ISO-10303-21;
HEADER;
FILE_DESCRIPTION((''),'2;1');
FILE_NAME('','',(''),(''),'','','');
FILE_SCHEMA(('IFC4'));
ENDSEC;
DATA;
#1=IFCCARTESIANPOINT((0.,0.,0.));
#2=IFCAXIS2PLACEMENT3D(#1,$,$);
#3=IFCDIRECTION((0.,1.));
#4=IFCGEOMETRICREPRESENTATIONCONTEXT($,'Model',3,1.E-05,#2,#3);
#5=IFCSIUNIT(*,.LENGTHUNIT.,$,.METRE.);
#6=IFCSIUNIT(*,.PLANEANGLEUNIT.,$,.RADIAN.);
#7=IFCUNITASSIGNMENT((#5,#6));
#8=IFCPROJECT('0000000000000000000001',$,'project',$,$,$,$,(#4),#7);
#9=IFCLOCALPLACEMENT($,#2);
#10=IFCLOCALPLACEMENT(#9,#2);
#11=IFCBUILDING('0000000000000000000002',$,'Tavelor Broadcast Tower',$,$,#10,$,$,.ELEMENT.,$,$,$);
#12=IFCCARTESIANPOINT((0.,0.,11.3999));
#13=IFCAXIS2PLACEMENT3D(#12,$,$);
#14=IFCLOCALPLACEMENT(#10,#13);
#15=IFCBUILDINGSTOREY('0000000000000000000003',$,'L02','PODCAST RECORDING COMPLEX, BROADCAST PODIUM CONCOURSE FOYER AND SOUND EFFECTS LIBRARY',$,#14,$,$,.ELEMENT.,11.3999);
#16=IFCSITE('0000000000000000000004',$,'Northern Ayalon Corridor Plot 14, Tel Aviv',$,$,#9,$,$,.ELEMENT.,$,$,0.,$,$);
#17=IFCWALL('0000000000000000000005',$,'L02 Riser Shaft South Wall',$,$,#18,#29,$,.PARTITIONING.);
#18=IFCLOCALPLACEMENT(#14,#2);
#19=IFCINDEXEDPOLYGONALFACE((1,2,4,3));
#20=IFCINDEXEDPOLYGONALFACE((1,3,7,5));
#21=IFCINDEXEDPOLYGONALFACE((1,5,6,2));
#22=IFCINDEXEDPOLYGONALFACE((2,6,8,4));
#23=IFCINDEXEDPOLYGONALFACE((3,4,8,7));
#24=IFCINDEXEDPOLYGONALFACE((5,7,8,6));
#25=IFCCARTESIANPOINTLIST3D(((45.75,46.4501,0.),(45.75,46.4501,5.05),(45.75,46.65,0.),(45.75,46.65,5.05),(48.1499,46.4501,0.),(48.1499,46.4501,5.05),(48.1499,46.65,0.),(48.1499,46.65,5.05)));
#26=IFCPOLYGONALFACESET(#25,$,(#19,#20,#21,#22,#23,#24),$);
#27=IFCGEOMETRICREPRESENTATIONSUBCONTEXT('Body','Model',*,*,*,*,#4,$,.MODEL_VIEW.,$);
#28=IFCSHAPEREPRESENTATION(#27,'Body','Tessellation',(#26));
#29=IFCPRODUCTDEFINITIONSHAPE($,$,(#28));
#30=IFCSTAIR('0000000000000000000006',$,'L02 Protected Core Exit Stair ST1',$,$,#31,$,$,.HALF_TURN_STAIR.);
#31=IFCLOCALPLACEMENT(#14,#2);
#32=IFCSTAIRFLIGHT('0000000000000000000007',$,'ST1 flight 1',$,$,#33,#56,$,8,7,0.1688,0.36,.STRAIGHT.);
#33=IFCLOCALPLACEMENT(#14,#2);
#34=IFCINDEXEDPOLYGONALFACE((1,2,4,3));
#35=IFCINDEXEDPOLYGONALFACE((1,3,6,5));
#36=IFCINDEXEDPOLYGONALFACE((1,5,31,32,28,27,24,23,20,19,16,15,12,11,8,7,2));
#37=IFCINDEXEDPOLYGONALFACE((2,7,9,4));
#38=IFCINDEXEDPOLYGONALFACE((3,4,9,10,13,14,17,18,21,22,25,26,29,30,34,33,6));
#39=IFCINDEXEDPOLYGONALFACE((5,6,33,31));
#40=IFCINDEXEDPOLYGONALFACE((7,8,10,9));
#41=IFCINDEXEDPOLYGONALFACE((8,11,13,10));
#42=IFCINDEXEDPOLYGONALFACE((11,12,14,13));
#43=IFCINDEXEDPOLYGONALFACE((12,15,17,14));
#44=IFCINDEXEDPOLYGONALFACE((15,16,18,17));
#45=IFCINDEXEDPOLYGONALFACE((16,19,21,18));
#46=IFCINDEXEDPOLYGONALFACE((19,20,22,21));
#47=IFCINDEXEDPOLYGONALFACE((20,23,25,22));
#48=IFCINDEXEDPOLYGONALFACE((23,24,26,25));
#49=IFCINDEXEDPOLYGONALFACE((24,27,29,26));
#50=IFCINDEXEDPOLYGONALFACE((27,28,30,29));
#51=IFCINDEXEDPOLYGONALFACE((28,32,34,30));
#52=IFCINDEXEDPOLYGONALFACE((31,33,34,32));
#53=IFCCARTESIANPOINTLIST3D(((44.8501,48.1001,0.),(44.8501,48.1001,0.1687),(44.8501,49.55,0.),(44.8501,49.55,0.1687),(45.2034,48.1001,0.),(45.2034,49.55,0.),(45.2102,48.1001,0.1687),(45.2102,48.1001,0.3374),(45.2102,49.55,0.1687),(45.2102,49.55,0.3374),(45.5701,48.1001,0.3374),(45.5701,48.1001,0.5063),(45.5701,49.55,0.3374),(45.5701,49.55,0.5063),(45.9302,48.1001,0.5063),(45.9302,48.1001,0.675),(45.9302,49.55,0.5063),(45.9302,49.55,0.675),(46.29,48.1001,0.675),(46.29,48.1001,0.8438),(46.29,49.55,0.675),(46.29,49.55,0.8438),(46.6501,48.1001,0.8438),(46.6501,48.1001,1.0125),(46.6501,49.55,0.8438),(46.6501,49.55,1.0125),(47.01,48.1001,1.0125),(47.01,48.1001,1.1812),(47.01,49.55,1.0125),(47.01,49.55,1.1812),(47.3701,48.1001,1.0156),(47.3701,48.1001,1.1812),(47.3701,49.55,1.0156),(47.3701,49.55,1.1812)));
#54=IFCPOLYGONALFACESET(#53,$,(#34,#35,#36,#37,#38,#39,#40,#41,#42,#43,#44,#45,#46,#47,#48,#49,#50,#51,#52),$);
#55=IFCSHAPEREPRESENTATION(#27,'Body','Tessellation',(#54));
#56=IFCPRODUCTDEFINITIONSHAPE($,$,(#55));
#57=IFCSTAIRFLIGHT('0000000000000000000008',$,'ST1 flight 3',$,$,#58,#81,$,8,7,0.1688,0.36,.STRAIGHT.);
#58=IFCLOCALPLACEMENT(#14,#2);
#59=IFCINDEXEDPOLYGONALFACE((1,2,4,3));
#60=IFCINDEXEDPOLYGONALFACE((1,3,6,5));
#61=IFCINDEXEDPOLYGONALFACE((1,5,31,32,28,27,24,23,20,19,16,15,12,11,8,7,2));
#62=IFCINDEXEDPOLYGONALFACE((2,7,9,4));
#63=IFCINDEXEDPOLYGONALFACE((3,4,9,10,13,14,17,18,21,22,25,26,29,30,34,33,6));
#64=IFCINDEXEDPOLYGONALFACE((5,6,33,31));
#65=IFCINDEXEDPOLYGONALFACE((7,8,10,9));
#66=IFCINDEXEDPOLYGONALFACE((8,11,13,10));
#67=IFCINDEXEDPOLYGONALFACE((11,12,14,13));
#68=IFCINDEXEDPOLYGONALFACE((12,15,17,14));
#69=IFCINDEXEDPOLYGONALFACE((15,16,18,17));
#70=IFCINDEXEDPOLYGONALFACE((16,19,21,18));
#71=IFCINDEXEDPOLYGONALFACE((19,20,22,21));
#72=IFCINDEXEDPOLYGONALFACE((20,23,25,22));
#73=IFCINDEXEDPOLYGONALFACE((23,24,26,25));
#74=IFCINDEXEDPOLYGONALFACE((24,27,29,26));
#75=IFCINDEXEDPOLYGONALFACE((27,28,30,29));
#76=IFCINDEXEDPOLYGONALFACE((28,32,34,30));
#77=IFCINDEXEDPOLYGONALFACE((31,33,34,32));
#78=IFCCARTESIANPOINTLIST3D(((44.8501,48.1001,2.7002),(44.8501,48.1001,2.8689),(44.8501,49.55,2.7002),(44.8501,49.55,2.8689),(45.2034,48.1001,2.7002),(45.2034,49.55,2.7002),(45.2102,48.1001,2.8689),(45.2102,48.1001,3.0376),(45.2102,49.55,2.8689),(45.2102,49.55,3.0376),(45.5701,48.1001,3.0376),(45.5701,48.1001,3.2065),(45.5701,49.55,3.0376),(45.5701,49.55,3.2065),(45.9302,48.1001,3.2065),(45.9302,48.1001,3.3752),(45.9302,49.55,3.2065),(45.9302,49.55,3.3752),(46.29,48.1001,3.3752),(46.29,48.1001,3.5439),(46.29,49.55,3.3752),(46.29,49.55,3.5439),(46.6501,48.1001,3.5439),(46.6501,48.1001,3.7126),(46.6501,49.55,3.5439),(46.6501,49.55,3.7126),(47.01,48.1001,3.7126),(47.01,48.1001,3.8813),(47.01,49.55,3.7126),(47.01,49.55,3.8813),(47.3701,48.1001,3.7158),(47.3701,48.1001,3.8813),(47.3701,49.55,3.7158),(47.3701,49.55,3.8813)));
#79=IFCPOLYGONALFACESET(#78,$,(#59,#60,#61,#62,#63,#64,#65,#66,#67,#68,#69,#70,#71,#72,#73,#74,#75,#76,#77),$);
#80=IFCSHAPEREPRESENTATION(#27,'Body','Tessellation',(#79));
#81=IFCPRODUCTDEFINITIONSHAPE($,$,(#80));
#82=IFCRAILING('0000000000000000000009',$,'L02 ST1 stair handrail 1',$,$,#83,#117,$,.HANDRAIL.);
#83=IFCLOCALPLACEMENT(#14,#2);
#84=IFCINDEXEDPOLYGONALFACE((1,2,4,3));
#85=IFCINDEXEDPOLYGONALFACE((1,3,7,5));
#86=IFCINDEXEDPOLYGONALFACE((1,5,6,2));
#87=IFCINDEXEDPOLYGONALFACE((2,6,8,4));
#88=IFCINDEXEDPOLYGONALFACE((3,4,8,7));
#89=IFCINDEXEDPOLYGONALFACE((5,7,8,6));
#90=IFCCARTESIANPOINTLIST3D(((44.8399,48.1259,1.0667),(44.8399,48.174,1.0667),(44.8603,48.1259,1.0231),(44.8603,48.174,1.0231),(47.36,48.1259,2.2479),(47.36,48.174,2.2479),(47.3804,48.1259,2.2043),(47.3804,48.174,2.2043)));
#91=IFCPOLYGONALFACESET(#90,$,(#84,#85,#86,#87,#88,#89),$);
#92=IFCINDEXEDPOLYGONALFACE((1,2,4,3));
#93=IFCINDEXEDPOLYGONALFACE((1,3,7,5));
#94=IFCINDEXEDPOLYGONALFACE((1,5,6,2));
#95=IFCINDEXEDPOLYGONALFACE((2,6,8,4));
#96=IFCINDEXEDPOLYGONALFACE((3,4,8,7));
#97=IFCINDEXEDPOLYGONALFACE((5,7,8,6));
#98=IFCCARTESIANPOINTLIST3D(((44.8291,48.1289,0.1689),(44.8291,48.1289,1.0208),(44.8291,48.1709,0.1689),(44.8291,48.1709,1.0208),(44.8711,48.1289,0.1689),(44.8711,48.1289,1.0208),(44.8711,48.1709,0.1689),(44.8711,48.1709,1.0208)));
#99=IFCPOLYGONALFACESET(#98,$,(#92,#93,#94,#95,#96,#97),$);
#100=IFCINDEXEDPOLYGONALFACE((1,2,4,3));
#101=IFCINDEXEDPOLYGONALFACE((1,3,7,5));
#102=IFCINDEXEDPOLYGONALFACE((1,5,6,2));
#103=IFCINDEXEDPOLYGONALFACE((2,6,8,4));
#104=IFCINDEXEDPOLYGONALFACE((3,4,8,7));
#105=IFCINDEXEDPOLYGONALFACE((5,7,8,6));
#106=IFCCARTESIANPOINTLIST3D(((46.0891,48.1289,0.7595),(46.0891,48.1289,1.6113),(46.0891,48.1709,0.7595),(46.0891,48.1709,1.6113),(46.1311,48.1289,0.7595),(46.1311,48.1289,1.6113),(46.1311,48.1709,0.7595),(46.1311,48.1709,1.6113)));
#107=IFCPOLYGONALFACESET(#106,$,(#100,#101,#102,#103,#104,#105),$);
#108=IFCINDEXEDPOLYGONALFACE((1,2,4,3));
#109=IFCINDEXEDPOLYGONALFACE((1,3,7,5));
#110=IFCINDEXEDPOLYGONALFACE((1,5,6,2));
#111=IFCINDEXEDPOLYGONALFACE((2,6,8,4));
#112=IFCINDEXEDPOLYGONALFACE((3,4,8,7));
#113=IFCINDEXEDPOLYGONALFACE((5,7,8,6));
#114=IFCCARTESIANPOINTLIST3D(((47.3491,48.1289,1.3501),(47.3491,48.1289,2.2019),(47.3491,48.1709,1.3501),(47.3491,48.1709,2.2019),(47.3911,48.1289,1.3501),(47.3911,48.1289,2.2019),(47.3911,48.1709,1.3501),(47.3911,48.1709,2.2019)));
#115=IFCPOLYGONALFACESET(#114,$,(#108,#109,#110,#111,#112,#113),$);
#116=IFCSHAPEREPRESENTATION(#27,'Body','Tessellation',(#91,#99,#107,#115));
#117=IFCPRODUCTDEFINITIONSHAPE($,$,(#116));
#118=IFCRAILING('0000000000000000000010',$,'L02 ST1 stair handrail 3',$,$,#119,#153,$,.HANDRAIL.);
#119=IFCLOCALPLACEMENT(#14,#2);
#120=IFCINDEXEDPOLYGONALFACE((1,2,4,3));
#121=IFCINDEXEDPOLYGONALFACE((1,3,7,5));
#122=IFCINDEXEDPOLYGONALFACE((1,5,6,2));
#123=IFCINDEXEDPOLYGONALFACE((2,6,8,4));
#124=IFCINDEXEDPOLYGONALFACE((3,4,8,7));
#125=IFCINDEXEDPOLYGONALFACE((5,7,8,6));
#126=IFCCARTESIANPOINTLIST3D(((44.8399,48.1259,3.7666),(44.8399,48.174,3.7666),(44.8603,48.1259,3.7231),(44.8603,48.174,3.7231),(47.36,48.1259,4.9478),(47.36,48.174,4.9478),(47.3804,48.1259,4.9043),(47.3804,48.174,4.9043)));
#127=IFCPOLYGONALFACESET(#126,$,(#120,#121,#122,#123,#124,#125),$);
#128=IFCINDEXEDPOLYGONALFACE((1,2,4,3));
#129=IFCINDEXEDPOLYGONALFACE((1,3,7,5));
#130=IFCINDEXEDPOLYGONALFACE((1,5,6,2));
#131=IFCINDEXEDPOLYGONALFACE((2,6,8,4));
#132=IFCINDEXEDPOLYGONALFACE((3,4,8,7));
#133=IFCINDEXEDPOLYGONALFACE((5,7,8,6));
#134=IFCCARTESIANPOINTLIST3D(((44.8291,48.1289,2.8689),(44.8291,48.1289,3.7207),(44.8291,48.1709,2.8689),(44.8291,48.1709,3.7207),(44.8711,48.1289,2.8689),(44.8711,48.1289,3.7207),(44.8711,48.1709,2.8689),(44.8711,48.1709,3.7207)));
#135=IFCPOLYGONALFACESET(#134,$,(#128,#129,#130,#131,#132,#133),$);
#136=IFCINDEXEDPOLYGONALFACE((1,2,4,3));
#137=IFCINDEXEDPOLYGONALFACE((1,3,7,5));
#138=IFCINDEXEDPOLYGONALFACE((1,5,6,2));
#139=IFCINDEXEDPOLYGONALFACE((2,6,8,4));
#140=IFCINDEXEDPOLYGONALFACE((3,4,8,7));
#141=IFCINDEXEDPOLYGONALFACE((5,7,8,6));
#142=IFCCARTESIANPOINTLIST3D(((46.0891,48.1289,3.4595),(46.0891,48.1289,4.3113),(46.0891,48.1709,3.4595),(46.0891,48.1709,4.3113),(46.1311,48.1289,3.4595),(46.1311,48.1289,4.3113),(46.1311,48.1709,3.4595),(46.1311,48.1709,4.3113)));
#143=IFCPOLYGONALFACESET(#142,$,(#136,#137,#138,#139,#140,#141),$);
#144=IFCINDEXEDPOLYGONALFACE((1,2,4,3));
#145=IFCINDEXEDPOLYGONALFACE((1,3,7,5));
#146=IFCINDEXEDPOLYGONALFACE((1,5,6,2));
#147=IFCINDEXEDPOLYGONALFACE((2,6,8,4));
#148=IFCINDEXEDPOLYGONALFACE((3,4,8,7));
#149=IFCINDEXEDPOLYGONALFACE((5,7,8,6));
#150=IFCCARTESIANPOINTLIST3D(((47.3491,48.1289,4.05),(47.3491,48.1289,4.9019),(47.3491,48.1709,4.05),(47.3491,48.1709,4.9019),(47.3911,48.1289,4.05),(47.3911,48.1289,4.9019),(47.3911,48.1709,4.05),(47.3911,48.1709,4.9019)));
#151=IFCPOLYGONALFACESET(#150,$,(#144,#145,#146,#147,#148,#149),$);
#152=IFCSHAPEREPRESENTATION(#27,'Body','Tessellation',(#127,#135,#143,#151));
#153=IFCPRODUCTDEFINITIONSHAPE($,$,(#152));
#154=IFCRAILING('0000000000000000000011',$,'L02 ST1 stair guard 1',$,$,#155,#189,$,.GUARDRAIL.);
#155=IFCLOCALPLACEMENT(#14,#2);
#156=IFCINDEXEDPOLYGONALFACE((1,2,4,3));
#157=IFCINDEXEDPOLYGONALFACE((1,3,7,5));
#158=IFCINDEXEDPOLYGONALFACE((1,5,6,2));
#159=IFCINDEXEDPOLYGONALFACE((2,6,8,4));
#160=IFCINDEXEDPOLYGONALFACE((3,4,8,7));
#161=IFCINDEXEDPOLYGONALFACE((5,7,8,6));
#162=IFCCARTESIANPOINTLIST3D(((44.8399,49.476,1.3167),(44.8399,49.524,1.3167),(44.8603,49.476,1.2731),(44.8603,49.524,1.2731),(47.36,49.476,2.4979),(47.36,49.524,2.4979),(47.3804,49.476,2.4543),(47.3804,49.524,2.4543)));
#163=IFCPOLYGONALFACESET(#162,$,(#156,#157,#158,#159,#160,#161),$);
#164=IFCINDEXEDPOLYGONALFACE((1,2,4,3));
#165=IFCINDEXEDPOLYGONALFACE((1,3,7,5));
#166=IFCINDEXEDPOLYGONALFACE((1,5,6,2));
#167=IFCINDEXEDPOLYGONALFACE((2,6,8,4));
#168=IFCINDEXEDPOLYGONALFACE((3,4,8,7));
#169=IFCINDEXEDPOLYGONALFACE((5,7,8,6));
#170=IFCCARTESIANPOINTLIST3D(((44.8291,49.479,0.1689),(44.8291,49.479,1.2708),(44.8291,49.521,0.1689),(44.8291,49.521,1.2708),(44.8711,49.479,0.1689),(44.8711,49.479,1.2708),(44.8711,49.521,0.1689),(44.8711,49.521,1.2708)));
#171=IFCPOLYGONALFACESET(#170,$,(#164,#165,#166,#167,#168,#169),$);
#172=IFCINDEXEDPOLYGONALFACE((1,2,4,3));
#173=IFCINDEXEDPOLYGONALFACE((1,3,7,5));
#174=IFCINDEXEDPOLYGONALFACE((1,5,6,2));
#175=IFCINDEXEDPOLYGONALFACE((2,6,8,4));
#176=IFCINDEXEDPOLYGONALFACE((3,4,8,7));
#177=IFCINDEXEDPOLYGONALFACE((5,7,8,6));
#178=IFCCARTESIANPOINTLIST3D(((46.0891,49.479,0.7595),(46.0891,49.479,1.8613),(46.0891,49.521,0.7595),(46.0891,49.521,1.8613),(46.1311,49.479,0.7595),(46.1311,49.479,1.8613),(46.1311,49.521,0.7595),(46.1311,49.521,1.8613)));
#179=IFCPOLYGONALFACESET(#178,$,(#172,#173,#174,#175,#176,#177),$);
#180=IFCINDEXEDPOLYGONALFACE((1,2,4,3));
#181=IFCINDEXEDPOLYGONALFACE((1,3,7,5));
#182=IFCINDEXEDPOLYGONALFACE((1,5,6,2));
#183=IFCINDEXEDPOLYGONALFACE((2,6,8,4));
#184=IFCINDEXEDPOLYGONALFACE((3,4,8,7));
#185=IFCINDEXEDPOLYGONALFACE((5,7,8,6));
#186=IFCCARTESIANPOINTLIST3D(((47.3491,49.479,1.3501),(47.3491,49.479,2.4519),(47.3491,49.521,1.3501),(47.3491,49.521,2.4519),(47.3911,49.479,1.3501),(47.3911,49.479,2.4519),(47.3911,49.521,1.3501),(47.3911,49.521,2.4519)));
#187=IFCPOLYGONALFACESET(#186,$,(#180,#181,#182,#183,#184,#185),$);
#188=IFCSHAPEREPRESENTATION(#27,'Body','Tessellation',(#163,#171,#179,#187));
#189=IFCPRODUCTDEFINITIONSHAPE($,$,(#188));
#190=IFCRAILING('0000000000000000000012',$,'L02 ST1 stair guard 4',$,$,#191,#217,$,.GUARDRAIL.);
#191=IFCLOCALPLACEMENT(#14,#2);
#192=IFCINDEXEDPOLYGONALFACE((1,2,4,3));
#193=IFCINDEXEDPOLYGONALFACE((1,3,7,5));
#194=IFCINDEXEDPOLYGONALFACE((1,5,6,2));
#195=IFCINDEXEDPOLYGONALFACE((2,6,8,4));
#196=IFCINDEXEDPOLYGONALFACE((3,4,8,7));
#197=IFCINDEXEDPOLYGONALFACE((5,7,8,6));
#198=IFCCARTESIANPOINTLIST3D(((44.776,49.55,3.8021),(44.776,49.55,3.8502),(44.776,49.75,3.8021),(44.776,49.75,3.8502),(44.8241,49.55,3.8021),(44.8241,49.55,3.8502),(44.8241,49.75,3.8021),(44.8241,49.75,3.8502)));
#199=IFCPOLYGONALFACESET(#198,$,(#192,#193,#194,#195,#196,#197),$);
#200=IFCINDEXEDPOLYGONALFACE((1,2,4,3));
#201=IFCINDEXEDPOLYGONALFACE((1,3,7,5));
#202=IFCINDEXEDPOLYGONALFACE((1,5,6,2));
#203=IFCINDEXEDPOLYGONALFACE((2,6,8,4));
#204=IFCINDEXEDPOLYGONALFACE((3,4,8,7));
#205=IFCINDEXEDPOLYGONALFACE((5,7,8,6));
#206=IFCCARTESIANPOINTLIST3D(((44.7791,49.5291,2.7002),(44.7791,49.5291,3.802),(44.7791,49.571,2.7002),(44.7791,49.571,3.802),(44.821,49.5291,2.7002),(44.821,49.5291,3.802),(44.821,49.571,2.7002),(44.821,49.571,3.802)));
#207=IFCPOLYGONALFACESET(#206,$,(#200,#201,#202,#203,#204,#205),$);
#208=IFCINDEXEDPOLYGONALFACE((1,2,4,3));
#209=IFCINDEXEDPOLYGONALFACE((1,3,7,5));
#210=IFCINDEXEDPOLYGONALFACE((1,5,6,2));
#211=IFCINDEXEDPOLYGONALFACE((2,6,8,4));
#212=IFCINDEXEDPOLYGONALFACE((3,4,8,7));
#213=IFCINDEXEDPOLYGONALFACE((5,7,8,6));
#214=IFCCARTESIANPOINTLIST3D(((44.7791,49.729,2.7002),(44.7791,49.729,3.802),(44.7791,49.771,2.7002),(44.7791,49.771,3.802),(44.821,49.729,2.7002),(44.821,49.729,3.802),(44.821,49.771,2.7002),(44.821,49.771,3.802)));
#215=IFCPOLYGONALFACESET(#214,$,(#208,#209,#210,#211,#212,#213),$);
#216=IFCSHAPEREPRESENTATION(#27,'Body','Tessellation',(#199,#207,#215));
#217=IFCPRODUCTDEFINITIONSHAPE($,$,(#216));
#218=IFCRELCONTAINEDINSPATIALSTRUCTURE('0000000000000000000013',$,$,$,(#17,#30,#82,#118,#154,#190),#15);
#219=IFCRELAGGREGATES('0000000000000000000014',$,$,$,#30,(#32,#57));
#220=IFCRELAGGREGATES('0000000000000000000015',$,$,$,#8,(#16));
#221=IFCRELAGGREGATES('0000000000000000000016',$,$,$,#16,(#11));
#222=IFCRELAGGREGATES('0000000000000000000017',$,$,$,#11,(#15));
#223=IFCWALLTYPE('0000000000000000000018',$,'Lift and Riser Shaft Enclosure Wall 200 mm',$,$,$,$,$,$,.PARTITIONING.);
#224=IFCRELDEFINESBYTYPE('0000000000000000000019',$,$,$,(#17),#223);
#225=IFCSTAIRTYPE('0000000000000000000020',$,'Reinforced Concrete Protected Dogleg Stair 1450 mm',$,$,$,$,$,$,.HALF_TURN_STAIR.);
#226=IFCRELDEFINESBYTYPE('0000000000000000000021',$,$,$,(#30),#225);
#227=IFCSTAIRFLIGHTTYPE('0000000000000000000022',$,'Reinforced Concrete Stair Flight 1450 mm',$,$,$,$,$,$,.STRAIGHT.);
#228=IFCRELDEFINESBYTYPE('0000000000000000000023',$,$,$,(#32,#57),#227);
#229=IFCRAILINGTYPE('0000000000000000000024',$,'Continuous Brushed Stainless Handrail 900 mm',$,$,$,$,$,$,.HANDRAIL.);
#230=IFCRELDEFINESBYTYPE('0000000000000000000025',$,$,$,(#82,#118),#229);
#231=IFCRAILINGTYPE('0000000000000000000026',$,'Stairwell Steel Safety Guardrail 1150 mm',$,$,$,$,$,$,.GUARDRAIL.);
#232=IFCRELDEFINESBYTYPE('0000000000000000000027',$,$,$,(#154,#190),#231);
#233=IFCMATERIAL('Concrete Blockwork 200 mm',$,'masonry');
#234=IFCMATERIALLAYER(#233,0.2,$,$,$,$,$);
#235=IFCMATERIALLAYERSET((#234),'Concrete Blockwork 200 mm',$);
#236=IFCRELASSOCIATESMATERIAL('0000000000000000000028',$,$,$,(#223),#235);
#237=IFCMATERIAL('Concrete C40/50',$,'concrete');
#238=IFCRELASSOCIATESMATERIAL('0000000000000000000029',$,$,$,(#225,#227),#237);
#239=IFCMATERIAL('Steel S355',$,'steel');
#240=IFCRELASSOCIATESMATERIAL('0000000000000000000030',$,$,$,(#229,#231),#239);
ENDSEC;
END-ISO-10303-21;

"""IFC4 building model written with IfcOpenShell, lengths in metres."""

from ifc_helpers import new_model, si_unit, direction, frame, frame_2d, origin, origin_2d, place, context, subcontext, project, spatial, polyline, rectangle, outline, extrude, material, layer, layer_set, type_object, element, aggregate, save


model = new_model("IFC4")

# Units and contexts
model_context = context("Model", 3, precision=1e-05, world=origin(), true_north=direction((0.0, 1.0)))
body_context = subcontext(model_context, "Body", "Model", "MODEL_VIEW")
ifc_project = project(units=[si_unit("LENGTHUNIT", "METRE"), si_unit("PLANEANGLEUNIT", "RADIAN")], contexts=[model_context])

# Site, building, storey
site_placement = place(None, origin())
site = spatial("IfcSite", under=ifc_project, at=site_placement, Name="Northern Ayalon Corridor Plot 14, Tel Aviv", CompositionType="ELEMENT", RefElevation=0.0)
building_placement = place(site_placement, origin())
building = spatial("IfcBuilding", under=site, at=building_placement, Name="Tavelor Broadcast Tower", CompositionType="ELEMENT")
storey_placement = place(building_placement, frame((0.0, 0.0, 11.3999)))
storey = spatial("IfcBuildingStorey", under=building, at=storey_placement, Name="L02", Description="PODCAST RECORDING COMPLEX, BROADCAST PODIUM CONCOURSE FOYER AND SOUND EFFECTS LIBRARY", CompositionType="ELEMENT", Elevation=11.3999)

# Shared definitions
ifc_material_1 = material(Name="Steel S355", Category="steel")

# Shared definitions
ifc_material_2 = material(Name="Concrete Blockwork 200 mm", Category="masonry")

# Wall
ifc_layer_1 = layer(ifc_material_2, 0.2)
ifc_layer_set_1 = layer_set([ifc_layer_1], Name="Concrete Blockwork 200 mm")
wall_type_1 = type_object("IfcWallType", Name="Lift and Riser Shaft Enclosure Wall 200 mm", PredefinedType="PARTITIONING", material=ifc_layer_set_1)
wall_1_placement = place(storey_placement, frame((45.75, 46.55, 0.0), z_axis=(0.0, 0.0, 1.0), x_axis=(1.0, 0.0, 0.0)))
element("IfcWall", 1, at=wall_1_placement, inside=storey, type_object=wall_type_1, Name="L02 Riser Shaft South Wall", PredefinedType="PARTITIONING", context=body_context, shape_type="SweptSolid", body=[
    extrude(rectangle(XDim=2.3999, YDim=0.2, at=frame_2d((1.2, 0.0))), origin(), (0.0, 0.0, 1.0), 5.05),
])

# Stair, stair flights
ifc_material_3 = material(Name="Concrete C40/50", Category="concrete")
stair_type = type_object("IfcStairType", Name="Reinforced Concrete Protected Dogleg Stair 1450 mm", PredefinedType="HALF_TURN_STAIR", material=ifc_material_3)
stair_placement = place(storey_placement, origin())
stair = element("IfcStair", 2, at=stair_placement, inside=storey, type_object=stair_type, Name="L02 Protected Core Exit Stair ST1", PredefinedType="HALF_TURN_STAIR")
stair_flight_type = type_object("IfcStairFlightType", Name="Reinforced Concrete Stair Flight 1450 mm", PredefinedType="STRAIGHT", material=ifc_material_3)
stair_flight_1_placement = place(storey_placement, frame((44.8501, 48.825, 0.0), z_axis=(0.0, 0.0, 1.0), x_axis=(1.0, 0.0, 0.0)))
stair_flight_1 = element("IfcStairFlight", 3, at=stair_flight_1_placement, type_object=stair_flight_type, Name="ST1 flight 1", NumberOfRisers=8, NumberOfTreads=7, PredefinedType="STRAIGHT", RiserHeight=0.1688, TreadLength=0.36, context=body_context, shape_type="SweptSolid", body=[
    extrude(outline(polyline([(0.0, 0.0), (0.0, 0.1687), (0.3601, 0.1687), (0.3601, 0.3374), (0.72, 0.3374), (0.72, 0.5063), (1.0801, 0.5063), (1.0801, 0.675), (1.4399, 0.675), (1.4399, 0.8438), (1.8, 0.8438), (1.8, 1.0125), (2.1599, 1.0125), (2.1599, 1.1812), (2.52, 1.1812), (2.52, 1.3501), (2.52, 1.0156), (0.3533, 0.0), (0.0, 0.0)])), frame((0.0, 0.7251, 0.0), z_axis=(0.0, -1.0, 0.0), x_axis=(1.0, 0.0, 0.0)), (0.0, 0.0, 1.0), 1.45),
])
stair_flight_2_placement = place(storey_placement, frame((44.8501, 48.825, 2.7002), z_axis=(0.0, 0.0, 1.0), x_axis=(1.0, 0.0, 0.0)))
stair_flight_2 = element("IfcStairFlight", 4, at=stair_flight_2_placement, type_object=stair_flight_type, Name="ST1 flight 3", NumberOfRisers=8, NumberOfTreads=7, PredefinedType="STRAIGHT", RiserHeight=0.1688, TreadLength=0.36, context=body_context, shape_type="SweptSolid", body=[
    extrude(outline(polyline([(0.0, 0.0), (0.0, 0.1687), (0.3601, 0.1687), (0.3601, 0.3374), (0.72, 0.3374), (0.72, 0.5063), (1.0801, 0.5063), (1.0801, 0.675), (1.4399, 0.675), (1.4399, 0.8438), (1.8, 0.8438), (1.8, 1.0125), (2.1599, 1.0125), (2.1599, 1.1812), (2.52, 1.1812), (2.52, 1.3501), (2.52, 1.0156), (0.3533, 0.0), (0.0, 0.0)])), frame((0.0, 0.7251, 0.0), z_axis=(0.0, -1.0, 0.0), x_axis=(1.0, 0.0, 0.0)), (0.0, 0.0, 1.0), 1.45),
])
aggregate(stair, [stair_flight_1, stair_flight_2])

# Railings
railing_type_1 = type_object("IfcRailingType", Name="Continuous Brushed Stainless Handrail 900 mm", PredefinedType="HANDRAIL", material=ifc_material_1)
for number, where, name in (
    (5, (44.8501, 48.1499, 0.1689), "L02 ST1 stair handrail 1"),
    (6, (44.8501, 48.1499, 2.8689), "L02 ST1 stair handrail 3"),
):
    element("IfcRailing", number, at=place(storey_placement, frame(where)), inside=storey, type_object=railing_type_1, Name=name, PredefinedType="HANDRAIL", context=body_context, shape_type="SweptSolid", body=[
        extrude(rectangle(XDim=0.0481, YDim=0.0481, at=origin_2d()), frame((0.0, 0.0, 0.876), z_axis=(0.905474, 0.0, 0.424402), x_axis=(0.0, 1.0, 0.0)), (0.0, 0.0, 1.0), 2.7832),
        extrude(rectangle(XDim=0.042, YDim=0.042, at=origin_2d()), origin(), (0.0, 0.0, 1.0), 0.8518),
        extrude(rectangle(XDim=0.042, YDim=0.042, at=origin_2d()), frame((1.26, 0.0, 0.5906)), (0.0, 0.0, 1.0), 0.8518),
        extrude(rectangle(XDim=0.042, YDim=0.042, at=origin_2d()), frame((2.52, 0.0, 1.1812)), (0.0, 0.0, 1.0), 0.8518),
    ])
railing_type_2 = type_object("IfcRailingType", Name="Stairwell Steel Safety Guardrail 1150 mm", PredefinedType="GUARDRAIL", material=ifc_material_1)
railing_1_placement = place(storey_placement, frame((44.8501, 49.5, 0.1689)))
element("IfcRailing", 7, at=railing_1_placement, inside=storey, type_object=railing_type_2, Name="L02 ST1 stair guard 1", PredefinedType="GUARDRAIL", context=body_context, shape_type="SweptSolid", body=[
    extrude(rectangle(XDim=0.0481, YDim=0.0481, at=origin_2d()), frame((0.0, 0.0, 1.126), z_axis=(0.905474, 0.0, 0.424402), x_axis=(0.0, 1.0, 0.0)), (0.0, 0.0, 1.0), 2.7832),
    extrude(rectangle(XDim=0.042, YDim=0.042, at=origin_2d()), origin(), (0.0, 0.0, 1.0), 1.1018),
    extrude(rectangle(XDim=0.042, YDim=0.042, at=origin_2d()), frame((1.26, 0.0, 0.5906)), (0.0, 0.0, 1.0), 1.1018),
    extrude(rectangle(XDim=0.042, YDim=0.042, at=origin_2d()), frame((2.52, 0.0, 1.1812)), (0.0, 0.0, 1.0), 1.1018),
])
railing_2_placement = place(storey_placement, frame((44.8, 49.55, 2.7002)))
element("IfcRailing", 8, at=railing_2_placement, inside=storey, type_object=railing_type_2, Name="L02 ST1 stair guard 4", PredefinedType="GUARDRAIL", context=body_context, shape_type="SweptSolid", body=[
    extrude(rectangle(XDim=0.0481, YDim=0.0481, at=origin_2d()), frame((0.0, 0.0, 1.126), z_axis=(0.0, 1.0, 0.0), x_axis=(-1.0, 0.0, 0.0)), (0.0, 0.0, 1.0), 0.2),
    extrude(rectangle(XDim=0.042, YDim=0.042, at=origin_2d()), origin(), (0.0, 0.0, 1.0), 1.1018),
    extrude(rectangle(XDim=0.042, YDim=0.042, at=origin_2d()), frame((0.0, 0.2, 0.0)), (0.0, 0.0, 1.0), 1.1018),
])

save(model, "model.ifc")
